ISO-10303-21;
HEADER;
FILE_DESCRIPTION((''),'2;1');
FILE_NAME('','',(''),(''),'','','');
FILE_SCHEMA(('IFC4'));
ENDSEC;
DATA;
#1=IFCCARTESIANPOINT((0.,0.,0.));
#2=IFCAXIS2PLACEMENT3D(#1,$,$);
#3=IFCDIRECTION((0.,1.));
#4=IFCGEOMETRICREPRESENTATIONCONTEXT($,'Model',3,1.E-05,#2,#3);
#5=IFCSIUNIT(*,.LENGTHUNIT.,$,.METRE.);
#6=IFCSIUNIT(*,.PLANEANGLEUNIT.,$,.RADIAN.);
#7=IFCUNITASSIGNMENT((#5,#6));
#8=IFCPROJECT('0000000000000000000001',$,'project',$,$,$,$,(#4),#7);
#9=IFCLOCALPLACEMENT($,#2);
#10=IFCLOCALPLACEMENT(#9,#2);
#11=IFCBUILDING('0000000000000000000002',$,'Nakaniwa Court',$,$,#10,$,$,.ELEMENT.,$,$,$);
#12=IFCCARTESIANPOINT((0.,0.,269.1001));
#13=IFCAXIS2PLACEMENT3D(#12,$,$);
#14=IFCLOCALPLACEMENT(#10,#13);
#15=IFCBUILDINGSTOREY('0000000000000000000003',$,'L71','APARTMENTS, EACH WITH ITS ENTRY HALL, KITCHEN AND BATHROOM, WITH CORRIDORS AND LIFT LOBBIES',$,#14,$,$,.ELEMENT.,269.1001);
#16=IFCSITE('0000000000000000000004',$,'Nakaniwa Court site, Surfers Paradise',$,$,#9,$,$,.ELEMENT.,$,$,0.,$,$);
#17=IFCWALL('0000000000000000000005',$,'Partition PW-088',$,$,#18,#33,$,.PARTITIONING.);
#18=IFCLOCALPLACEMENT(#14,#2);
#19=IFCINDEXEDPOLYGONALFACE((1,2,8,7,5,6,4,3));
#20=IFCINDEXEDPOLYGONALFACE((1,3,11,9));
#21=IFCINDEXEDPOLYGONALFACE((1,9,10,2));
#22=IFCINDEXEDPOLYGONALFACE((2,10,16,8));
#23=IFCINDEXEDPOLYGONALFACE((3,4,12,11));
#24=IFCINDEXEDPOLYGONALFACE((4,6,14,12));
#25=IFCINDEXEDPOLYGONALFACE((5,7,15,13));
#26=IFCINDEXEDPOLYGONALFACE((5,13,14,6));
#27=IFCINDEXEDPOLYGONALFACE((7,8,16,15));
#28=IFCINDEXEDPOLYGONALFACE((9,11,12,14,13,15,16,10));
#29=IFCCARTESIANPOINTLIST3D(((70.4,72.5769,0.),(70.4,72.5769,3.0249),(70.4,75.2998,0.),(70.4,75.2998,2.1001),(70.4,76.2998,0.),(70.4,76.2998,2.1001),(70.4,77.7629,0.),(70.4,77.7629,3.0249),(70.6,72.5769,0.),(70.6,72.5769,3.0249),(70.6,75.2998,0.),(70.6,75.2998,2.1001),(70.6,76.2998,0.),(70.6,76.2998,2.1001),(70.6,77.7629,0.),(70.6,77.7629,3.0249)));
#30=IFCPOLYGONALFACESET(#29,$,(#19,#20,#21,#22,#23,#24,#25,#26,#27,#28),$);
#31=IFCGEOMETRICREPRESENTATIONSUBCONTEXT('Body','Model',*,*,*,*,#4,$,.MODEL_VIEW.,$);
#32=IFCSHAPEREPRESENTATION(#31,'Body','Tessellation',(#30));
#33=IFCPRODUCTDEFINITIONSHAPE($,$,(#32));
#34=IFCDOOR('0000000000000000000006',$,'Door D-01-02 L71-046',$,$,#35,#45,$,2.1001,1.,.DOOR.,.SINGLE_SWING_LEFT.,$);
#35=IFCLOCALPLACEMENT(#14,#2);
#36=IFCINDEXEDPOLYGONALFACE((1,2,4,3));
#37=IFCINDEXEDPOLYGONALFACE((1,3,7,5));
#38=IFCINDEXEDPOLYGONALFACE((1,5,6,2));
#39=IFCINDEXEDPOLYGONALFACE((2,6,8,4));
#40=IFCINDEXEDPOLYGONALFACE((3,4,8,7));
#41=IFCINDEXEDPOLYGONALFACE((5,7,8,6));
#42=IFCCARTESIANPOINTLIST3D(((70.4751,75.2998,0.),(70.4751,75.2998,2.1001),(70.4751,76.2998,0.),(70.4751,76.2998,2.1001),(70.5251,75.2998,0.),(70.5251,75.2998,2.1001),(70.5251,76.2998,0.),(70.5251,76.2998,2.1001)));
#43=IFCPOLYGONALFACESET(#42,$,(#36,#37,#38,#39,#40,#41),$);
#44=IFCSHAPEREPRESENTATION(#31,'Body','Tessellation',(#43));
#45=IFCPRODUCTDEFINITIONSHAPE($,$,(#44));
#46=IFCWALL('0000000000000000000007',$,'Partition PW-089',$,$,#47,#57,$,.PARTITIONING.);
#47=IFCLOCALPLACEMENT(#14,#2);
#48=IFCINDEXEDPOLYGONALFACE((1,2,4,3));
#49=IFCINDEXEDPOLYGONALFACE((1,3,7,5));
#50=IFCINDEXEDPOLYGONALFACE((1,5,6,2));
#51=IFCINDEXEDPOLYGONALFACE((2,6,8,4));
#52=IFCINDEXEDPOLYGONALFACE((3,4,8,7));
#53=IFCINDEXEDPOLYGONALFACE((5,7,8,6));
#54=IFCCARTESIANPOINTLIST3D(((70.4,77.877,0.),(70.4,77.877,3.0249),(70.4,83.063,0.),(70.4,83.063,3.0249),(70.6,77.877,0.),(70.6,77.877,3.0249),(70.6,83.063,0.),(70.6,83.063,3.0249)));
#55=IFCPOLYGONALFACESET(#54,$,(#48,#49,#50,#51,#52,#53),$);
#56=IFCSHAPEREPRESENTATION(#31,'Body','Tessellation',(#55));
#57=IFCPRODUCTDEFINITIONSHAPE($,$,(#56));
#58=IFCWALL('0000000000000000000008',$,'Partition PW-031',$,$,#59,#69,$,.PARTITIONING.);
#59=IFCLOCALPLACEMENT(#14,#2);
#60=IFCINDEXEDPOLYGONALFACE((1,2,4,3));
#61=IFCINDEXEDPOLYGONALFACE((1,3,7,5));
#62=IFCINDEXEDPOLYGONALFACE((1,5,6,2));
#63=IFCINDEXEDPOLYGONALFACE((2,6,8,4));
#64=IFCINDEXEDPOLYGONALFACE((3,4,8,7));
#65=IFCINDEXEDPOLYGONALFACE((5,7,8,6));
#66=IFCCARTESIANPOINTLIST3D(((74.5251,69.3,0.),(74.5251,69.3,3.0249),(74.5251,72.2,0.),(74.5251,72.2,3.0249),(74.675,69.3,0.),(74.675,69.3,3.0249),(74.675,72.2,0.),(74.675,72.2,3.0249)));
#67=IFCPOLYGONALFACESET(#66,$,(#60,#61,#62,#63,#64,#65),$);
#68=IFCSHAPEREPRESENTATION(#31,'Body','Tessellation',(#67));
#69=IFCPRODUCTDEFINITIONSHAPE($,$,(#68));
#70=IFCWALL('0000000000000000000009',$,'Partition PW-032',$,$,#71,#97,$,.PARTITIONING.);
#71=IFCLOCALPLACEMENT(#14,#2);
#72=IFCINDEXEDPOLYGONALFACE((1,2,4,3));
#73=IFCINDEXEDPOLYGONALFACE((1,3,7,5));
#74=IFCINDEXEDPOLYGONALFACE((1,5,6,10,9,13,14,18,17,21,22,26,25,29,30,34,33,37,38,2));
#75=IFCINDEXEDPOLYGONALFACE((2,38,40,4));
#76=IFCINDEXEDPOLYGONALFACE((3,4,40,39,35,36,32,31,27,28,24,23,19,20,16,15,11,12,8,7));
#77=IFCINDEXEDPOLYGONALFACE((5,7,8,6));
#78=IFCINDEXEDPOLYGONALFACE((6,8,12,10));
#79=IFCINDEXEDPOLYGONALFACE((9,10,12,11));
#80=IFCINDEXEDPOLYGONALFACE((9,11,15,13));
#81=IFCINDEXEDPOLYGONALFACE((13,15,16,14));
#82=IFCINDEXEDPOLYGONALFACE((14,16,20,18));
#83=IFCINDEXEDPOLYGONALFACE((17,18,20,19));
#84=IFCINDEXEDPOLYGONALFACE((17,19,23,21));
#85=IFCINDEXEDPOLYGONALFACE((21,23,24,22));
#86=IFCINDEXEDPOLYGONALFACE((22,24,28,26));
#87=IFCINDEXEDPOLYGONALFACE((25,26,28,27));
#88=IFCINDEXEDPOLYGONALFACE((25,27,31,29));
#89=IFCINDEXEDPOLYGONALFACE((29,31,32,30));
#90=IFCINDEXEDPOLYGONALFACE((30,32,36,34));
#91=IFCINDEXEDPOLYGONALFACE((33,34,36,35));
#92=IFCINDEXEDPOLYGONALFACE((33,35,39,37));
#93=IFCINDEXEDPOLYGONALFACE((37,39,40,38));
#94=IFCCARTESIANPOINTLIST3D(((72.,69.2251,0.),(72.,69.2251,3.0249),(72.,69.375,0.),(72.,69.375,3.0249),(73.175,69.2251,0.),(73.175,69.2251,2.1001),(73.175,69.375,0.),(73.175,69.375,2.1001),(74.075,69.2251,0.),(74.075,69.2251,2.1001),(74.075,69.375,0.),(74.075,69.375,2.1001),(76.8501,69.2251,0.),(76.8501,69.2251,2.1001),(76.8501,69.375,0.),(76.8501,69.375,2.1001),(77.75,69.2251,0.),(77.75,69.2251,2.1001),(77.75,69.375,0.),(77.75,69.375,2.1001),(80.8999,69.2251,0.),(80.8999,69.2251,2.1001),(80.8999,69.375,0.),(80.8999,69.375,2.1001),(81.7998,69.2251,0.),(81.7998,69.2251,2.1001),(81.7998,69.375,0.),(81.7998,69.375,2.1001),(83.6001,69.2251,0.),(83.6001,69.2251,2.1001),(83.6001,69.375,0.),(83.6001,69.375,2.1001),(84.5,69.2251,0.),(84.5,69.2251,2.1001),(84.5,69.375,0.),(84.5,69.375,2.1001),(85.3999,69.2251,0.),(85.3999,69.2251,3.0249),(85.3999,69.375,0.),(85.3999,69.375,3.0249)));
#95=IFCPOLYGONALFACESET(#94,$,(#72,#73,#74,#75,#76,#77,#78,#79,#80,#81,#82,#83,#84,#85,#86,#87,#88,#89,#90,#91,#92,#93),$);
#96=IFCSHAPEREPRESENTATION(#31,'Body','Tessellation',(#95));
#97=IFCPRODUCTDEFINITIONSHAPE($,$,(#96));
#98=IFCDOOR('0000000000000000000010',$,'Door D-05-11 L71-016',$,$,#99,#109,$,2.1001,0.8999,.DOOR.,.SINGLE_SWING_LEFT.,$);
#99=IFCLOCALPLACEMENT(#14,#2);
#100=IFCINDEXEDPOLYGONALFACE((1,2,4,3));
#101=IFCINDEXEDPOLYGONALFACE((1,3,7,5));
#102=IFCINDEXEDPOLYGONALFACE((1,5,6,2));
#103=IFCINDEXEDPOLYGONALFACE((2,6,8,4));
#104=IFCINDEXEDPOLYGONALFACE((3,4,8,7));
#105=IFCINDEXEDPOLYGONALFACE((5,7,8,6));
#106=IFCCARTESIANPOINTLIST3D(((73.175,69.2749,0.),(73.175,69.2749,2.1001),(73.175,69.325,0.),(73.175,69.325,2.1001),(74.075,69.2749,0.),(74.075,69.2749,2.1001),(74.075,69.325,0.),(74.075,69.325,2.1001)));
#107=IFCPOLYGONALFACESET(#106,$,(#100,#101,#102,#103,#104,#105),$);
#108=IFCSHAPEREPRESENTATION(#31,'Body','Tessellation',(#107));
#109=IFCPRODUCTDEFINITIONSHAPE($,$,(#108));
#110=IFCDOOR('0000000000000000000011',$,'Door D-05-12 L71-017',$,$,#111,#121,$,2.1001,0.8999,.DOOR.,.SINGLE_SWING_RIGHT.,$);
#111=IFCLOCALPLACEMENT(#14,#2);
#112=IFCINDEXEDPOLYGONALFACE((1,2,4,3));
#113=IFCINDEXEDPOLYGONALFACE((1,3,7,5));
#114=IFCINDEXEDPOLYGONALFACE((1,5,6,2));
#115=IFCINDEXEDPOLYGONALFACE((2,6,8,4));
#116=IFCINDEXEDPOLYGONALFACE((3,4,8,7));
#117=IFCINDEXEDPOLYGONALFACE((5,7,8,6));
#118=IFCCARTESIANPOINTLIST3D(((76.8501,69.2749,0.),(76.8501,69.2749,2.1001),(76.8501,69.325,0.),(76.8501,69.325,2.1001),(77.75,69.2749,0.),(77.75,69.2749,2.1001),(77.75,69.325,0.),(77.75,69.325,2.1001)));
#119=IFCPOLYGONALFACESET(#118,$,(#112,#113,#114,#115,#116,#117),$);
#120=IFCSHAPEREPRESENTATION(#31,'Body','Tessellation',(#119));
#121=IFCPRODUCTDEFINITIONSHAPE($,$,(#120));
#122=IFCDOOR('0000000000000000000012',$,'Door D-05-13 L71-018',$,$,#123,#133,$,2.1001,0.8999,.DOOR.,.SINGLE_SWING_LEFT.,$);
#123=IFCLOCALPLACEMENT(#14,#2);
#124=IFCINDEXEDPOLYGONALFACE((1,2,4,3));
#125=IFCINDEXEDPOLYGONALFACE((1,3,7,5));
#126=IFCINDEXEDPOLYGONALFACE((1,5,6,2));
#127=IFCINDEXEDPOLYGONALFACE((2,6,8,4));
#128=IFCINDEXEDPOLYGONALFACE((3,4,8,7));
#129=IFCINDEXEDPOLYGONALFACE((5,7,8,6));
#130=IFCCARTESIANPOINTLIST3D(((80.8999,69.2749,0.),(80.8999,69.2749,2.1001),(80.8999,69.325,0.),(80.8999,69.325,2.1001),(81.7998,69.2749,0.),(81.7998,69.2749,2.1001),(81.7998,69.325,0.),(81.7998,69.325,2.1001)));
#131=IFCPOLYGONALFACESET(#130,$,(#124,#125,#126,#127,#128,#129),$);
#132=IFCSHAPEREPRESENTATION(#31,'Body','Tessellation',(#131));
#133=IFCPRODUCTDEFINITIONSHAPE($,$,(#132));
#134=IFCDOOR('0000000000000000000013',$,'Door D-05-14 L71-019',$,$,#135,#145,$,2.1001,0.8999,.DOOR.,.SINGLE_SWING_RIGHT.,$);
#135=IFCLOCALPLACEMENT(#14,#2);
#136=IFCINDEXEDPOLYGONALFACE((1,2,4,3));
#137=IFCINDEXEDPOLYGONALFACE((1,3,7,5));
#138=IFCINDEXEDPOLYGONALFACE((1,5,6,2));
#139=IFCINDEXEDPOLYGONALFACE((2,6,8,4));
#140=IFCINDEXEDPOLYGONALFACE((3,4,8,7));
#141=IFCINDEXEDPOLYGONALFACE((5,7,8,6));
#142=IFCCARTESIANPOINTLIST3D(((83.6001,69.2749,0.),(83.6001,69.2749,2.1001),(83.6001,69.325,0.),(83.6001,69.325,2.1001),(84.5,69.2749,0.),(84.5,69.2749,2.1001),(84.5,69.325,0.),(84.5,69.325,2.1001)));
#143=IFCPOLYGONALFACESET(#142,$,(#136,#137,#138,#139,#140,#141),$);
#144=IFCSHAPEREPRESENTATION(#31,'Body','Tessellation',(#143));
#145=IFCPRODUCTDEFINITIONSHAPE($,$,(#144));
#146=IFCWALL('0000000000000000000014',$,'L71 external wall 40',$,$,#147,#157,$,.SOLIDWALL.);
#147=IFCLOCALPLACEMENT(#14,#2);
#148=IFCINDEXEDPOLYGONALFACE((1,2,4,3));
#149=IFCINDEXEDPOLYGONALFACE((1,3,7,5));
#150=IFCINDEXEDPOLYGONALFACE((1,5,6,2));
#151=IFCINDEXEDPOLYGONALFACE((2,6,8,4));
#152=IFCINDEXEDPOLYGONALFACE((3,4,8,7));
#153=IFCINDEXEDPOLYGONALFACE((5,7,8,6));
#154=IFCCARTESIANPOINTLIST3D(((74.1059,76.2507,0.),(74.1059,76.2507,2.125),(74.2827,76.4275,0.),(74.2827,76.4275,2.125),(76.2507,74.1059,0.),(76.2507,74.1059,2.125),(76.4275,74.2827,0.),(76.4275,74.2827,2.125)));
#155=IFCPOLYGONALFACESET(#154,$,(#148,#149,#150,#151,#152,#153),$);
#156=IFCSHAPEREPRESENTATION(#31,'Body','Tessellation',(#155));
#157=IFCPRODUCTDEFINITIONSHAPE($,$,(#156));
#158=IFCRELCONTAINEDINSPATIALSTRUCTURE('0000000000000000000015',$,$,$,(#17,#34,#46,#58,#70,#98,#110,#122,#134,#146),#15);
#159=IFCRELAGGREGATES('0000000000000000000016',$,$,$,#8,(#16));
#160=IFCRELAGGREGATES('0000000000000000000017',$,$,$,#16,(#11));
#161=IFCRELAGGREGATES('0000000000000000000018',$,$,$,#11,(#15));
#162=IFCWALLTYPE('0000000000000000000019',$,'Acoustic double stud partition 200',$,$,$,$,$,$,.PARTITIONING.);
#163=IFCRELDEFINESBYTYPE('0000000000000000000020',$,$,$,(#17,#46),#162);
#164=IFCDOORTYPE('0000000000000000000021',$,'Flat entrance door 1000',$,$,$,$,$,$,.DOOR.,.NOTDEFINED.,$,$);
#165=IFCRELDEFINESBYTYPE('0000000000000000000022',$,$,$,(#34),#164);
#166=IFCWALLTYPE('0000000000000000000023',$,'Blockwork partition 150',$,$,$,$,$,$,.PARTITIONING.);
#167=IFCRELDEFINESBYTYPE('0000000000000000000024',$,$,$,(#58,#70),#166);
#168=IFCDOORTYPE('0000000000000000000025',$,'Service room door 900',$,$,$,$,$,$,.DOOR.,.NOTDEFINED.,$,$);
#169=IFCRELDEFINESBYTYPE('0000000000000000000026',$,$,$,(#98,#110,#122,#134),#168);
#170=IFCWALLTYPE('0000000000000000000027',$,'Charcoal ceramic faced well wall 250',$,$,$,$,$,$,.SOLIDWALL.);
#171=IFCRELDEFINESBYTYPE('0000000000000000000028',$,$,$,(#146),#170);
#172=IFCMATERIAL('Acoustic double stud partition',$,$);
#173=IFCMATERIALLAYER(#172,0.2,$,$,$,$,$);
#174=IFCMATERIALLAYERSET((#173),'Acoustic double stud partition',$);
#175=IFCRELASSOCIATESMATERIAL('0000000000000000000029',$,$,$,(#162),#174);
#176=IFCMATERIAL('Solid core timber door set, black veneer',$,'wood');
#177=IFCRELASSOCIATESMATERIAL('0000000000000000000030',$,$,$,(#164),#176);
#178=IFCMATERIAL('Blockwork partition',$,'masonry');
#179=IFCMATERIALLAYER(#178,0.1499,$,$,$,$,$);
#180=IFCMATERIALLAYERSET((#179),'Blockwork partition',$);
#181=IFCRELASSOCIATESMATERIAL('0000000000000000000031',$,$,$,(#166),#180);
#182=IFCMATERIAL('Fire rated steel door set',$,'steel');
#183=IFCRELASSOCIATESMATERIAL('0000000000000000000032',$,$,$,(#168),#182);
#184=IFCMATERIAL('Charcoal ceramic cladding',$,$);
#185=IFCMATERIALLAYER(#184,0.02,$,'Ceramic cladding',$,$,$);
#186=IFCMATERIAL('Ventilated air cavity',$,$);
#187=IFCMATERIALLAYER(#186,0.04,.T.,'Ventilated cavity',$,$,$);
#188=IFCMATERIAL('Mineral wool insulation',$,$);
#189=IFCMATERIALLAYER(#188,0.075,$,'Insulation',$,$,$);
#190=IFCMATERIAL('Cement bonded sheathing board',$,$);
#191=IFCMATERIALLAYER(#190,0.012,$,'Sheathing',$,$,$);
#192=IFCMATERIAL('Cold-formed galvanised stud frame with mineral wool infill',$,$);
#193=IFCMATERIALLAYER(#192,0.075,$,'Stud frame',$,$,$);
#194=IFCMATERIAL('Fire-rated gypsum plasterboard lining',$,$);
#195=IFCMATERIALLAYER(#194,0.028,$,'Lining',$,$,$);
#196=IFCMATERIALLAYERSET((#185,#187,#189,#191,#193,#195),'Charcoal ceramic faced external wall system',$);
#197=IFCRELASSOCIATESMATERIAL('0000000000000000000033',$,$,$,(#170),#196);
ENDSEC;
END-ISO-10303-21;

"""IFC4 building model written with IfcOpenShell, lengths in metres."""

from ifc_helpers import new_model, si_unit, direction, frame, frame_2d, origin, place, context, subcontext, project, spatial, rectangle, extrude, material, layer, layer_set, type_object, element, fill, save


model = new_model("IFC4")

# Units and contexts
model_context = context("Model", 3, precision=1e-05, world=origin(), true_north=direction((0.0, 1.0)))
body_context = subcontext(model_context, "Body", "Model", "MODEL_VIEW")
ifc_project = project(units=[si_unit("LENGTHUNIT", "METRE"), si_unit("PLANEANGLEUNIT", "RADIAN")], contexts=[model_context])

# Site, building, storey
site_placement = place(None, origin())
site = spatial("IfcSite", under=ifc_project, at=site_placement, Name="Nakaniwa Court site, Surfers Paradise", CompositionType="ELEMENT", RefElevation=0.0)
building_placement = place(site_placement, origin())
building = spatial("IfcBuilding", under=site, at=building_placement, Name="Nakaniwa Court", CompositionType="ELEMENT")
storey_placement = place(building_placement, frame((0.0, 0.0, 269.1001)))
storey = spatial("IfcBuildingStorey", under=building, at=storey_placement, Name="L71", Description="APARTMENTS, EACH WITH ITS ENTRY HALL, KITCHEN AND BATHROOM, WITH CORRIDORS AND LIFT LOBBIES", CompositionType="ELEMENT", Elevation=269.1001)

# Wall, opening, door
ifc_material_1 = material(Name="Acoustic double stud partition")
ifc_layer_1 = layer(ifc_material_1, 0.2)
ifc_layer_set_1 = layer_set([ifc_layer_1], Name="Acoustic double stud partition")
wall_type_1 = type_object("IfcWallType", Name="Acoustic double stud partition 200", PredefinedType="PARTITIONING", material=ifc_layer_set_1)
ifc_material_2 = material(Name="Solid core timber door set, black veneer", Category="wood")
wall_1_placement = place(storey_placement, frame((70.5, 72.5769, 0.0), z_axis=(0.0, 0.0, 1.0), x_axis=(0.0, 1.0, 0.0)))
wall_1 = element("IfcWall", 1, at=wall_1_placement, inside=storey, type_object=wall_type_1, Name="Partition PW-088", PredefinedType="PARTITIONING", context=body_context, shape_type="SweptSolid", body=[
    extrude(rectangle(XDim=5.186, YDim=0.2, at=frame_2d((2.593, 0.0))), origin(), (0.0, 0.0, 1.0), 3.0249),
])
opening_1_placement = place(wall_1_placement, frame((2.7229, 0.0, 0.0)))
opening_1 = element("IfcOpeningElement", 2, at=opening_1_placement, cuts=wall_1, PredefinedType="OPENING", context=body_context, shape_type="SweptSolid", body=[
    extrude(rectangle(XDim=1.0, YDim=2.1001, at=frame_2d((0.5, 1.05))), frame((0.0, 0.1099, 0.0), z_axis=(0.0, -1.0, 0.0), x_axis=(1.0, 0.0, 0.0)), (0.0, 0.0, 1.0), 0.22),
])
door_type_1 = type_object("IfcDoorType", Name="Flat entrance door 1000", OperationType="NOTDEFINED", PredefinedType="DOOR", material=ifc_material_2)
door_1_placement = place(opening_1_placement, origin())
door_1 = element("IfcDoor", 3, at=door_1_placement, inside=storey, type_object=door_type_1, Name="Door D-01-02 L71-046", OperationType="SINGLE_SWING_LEFT", OverallHeight=2.1001, OverallWidth=1.0, PredefinedType="DOOR", context=body_context, shape_type="SweptSolid", body=[
    extrude(rectangle(XDim=1.0, YDim=2.1001, at=frame_2d((0.5, 1.05))), frame((0.0, 0.0249, 0.0), z_axis=(0.0, -1.0, 0.0), x_axis=(1.0, 0.0, 0.0)), (0.0, 0.0, 1.0), 0.05),
])
fill(opening_1, door_1)

# Walls
wall_2_placement = place(storey_placement, frame((70.5, 77.877, 0.0), z_axis=(0.0, 0.0, 1.0), x_axis=(0.0, 1.0, 0.0)))
element("IfcWall", 4, at=wall_2_placement, inside=storey, type_object=wall_type_1, Name="Partition PW-089", PredefinedType="PARTITIONING", context=body_context, shape_type="SweptSolid", body=[
    extrude(rectangle(XDim=5.186, YDim=0.2, at=frame_2d((2.593, 0.0))), origin(), (0.0, 0.0, 1.0), 3.0249),
])
ifc_material_3 = material(Name="Blockwork partition", Category="masonry")
ifc_layer_2 = layer(ifc_material_3, 0.1499)
ifc_layer_set_2 = layer_set([ifc_layer_2], Name="Blockwork partition")
wall_type_2 = type_object("IfcWallType", Name="Blockwork partition 150", PredefinedType="PARTITIONING", material=ifc_layer_set_2)
wall_3_placement = place(storey_placement, frame((74.6001, 69.3, 0.0), z_axis=(0.0, 0.0, 1.0), x_axis=(0.0, 1.0, 0.0)))
element("IfcWall", 5, at=wall_3_placement, inside=storey, type_object=wall_type_2, Name="Partition PW-031", PredefinedType="PARTITIONING", context=body_context, shape_type="SweptSolid", body=[
    extrude(rectangle(XDim=2.8999, YDim=0.1499, at=frame_2d((1.45, 0.0))), origin(), (0.0, 0.0, 1.0), 3.0249),
])

# Wall, openings, doors
wall_4_placement = place(storey_placement, frame((72.0, 69.3, 0.0), z_axis=(0.0, 0.0, 1.0), x_axis=(1.0, 0.0, 0.0)))
wall_4 = element("IfcWall", 6, at=wall_4_placement, inside=storey, type_object=wall_type_2, Name="Partition PW-032", PredefinedType="PARTITIONING", context=body_context, shape_type="SweptSolid", body=[
    extrude(rectangle(XDim=13.3999, YDim=0.1499, at=frame_2d((6.7, 0.0))), origin(), (0.0, 0.0, 1.0), 3.0249),
])
opening_2_placement = place(wall_4_placement, frame((1.175, 0.0, 0.0)))
opening_2 = element("IfcOpeningElement", 7, at=opening_2_placement, cuts=wall_4, PredefinedType="OPENING", context=body_context, shape_type="SweptSolid", body=[
    extrude(rectangle(XDim=0.8999, YDim=2.1001, at=frame_2d((0.45, 1.05))), frame((0.0, 0.085, 0.0), z_axis=(0.0, -1.0, 0.0), x_axis=(1.0, 0.0, 0.0)), (0.0, 0.0, 1.0), 0.1699),
])
opening_3_placement = place(wall_4_placement, frame((4.8501, 0.0, 0.0)))
opening_3 = element("IfcOpeningElement", 8, at=opening_3_placement, cuts=wall_4, PredefinedType="OPENING", context=body_context, shape_type="SweptSolid", body=[
    extrude(rectangle(XDim=0.8999, YDim=2.1001, at=frame_2d((0.45, 1.05))), frame((0.0, 0.085, 0.0), z_axis=(0.0, -1.0, 0.0), x_axis=(1.0, 0.0, 0.0)), (0.0, 0.0, 1.0), 0.1699),
])
opening_4_placement = place(wall_4_placement, frame((8.8999, 0.0, 0.0)))
opening_4 = element("IfcOpeningElement", 9, at=opening_4_placement, cuts=wall_4, PredefinedType="OPENING", context=body_context, shape_type="SweptSolid", body=[
    extrude(rectangle(XDim=0.8999, YDim=2.1001, at=frame_2d((0.45, 1.05))), frame((0.0, 0.085, 0.0), z_axis=(0.0, -1.0, 0.0), x_axis=(1.0, 0.0, 0.0)), (0.0, 0.0, 1.0), 0.1699),
])
opening_5_placement = place(wall_4_placement, frame((11.6001, 0.0, 0.0)))
opening_5 = element("IfcOpeningElement", 10, at=opening_5_placement, cuts=wall_4, PredefinedType="OPENING", context=body_context, shape_type="SweptSolid", body=[
    extrude(rectangle(XDim=0.8999, YDim=2.1001, at=frame_2d((0.45, 1.05))), frame((0.0, 0.085, 0.0), z_axis=(0.0, -1.0, 0.0), x_axis=(1.0, 0.0, 0.0)), (0.0, 0.0, 1.0), 0.1699),
])
ifc_material_4 = material(Name="Fire rated steel door set", Category="steel")
door_type_2 = type_object("IfcDoorType", Name="Service room door 900", OperationType="NOTDEFINED", PredefinedType="DOOR", material=ifc_material_4)
door_2_placement = place(opening_2_placement, origin())
door_2 = element("IfcDoor", 11, at=door_2_placement, inside=storey, type_object=door_type_2, Name="Door D-05-11 L71-016", OperationType="SINGLE_SWING_LEFT", OverallHeight=2.1001, OverallWidth=0.8999, PredefinedType="DOOR", context=body_context, shape_type="SweptSolid", body=[
    extrude(rectangle(XDim=0.8999, YDim=2.1001, at=frame_2d((0.45, 1.05))), frame((0.0, 0.0249, 0.0), z_axis=(0.0, -1.0, 0.0), x_axis=(1.0, 0.0, 0.0)), (0.0, 0.0, 1.0), 0.05),
])
fill(opening_2, door_2)
door_3_placement = place(opening_3_placement, origin())
door_3 = element("IfcDoor", 12, at=door_3_placement, inside=storey, type_object=door_type_2, Name="Door D-05-12 L71-017", OperationType="SINGLE_SWING_RIGHT", OverallHeight=2.1001, OverallWidth=0.8999, PredefinedType="DOOR", context=body_context, shape_type="SweptSolid", body=[
    extrude(rectangle(XDim=0.8999, YDim=2.1001, at=frame_2d((0.45, 1.05))), frame((0.0, 0.0249, 0.0), z_axis=(0.0, -1.0, 0.0), x_axis=(1.0, 0.0, 0.0)), (0.0, 0.0, 1.0), 0.05),
])
fill(opening_3, door_3)
door_4_placement = place(opening_4_placement, origin())
door_4 = element("IfcDoor", 13, at=door_4_placement, inside=storey, type_object=door_type_2, Name="Door D-05-13 L71-018", OperationType="SINGLE_SWING_LEFT", OverallHeight=2.1001, OverallWidth=0.8999, PredefinedType="DOOR", context=body_context, shape_type="SweptSolid", body=[
    extrude(rectangle(XDim=0.8999, YDim=2.1001, at=frame_2d((0.45, 1.05))), frame((0.0, 0.0249, 0.0), z_axis=(0.0, -1.0, 0.0), x_axis=(1.0, 0.0, 0.0)), (0.0, 0.0, 1.0), 0.05),
])
fill(opening_4, door_4)
door_5_placement = place(opening_5_placement, origin())
door_5 = element("IfcDoor", 14, at=door_5_placement, inside=storey, type_object=door_type_2, Name="Door D-05-14 L71-019", OperationType="SINGLE_SWING_RIGHT", OverallHeight=2.1001, OverallWidth=0.8999, PredefinedType="DOOR", context=body_context, shape_type="SweptSolid", body=[
    extrude(rectangle(XDim=0.8999, YDim=2.1001, at=frame_2d((0.45, 1.05))), frame((0.0, 0.0249, 0.0), z_axis=(0.0, -1.0, 0.0), x_axis=(1.0, 0.0, 0.0)), (0.0, 0.0, 1.0), 0.05),
])
fill(opening_5, door_5)

# Wall
ifc_material_5 = material(Name="Charcoal ceramic cladding")
ifc_layer_3 = layer(ifc_material_5, 0.02, Name="Ceramic cladding")
ifc_material_6 = material(Name="Ventilated air cavity")
ifc_layer_4 = layer(ifc_material_6, 0.04, ventilated=True, Name="Ventilated cavity")
ifc_material_7 = material(Name="Mineral wool insulation")
ifc_layer_5 = layer(ifc_material_7, 0.075, Name="Insulation")
ifc_material_8 = material(Name="Cement bonded sheathing board")
ifc_layer_6 = layer(ifc_material_8, 0.012, Name="Sheathing")
ifc_material_9 = material(Name="Cold-formed galvanised stud frame with mineral wool infill")
ifc_layer_7 = layer(ifc_material_9, 0.075, Name="Stud frame")
ifc_material_10 = material(Name="Fire-rated gypsum plasterboard lining")
ifc_layer_8 = layer(ifc_material_10, 0.028, Name="Lining")
ifc_layer_set_3 = layer_set([ifc_layer_3, ifc_layer_4, ifc_layer_5, ifc_layer_6, ifc_layer_7, ifc_layer_8], Name="Charcoal ceramic faced external wall system")
wall_type_3 = type_object("IfcWallType", Name="Charcoal ceramic faced well wall 250", PredefinedType="SOLIDWALL", material=ifc_layer_set_3)
wall_5_placement = place(storey_placement, frame((76.3391, 74.1943, 0.0), z_axis=(0.0, 0.0, 1.0), x_axis=(-0.707107, 0.707107, 0.0)))
element("IfcWall", 15, at=wall_5_placement, inside=storey, type_object=wall_type_3, Name="L71 external wall 40", PredefinedType="SOLIDWALL", context=body_context, shape_type="SweptSolid", body=[
    extrude(rectangle(XDim=3.0332, YDim=0.25, at=frame_2d((1.5166, 0.0))), origin(), (0.0, 0.0, 1.0), 2.125),
])

save(model, "model.ifc")
